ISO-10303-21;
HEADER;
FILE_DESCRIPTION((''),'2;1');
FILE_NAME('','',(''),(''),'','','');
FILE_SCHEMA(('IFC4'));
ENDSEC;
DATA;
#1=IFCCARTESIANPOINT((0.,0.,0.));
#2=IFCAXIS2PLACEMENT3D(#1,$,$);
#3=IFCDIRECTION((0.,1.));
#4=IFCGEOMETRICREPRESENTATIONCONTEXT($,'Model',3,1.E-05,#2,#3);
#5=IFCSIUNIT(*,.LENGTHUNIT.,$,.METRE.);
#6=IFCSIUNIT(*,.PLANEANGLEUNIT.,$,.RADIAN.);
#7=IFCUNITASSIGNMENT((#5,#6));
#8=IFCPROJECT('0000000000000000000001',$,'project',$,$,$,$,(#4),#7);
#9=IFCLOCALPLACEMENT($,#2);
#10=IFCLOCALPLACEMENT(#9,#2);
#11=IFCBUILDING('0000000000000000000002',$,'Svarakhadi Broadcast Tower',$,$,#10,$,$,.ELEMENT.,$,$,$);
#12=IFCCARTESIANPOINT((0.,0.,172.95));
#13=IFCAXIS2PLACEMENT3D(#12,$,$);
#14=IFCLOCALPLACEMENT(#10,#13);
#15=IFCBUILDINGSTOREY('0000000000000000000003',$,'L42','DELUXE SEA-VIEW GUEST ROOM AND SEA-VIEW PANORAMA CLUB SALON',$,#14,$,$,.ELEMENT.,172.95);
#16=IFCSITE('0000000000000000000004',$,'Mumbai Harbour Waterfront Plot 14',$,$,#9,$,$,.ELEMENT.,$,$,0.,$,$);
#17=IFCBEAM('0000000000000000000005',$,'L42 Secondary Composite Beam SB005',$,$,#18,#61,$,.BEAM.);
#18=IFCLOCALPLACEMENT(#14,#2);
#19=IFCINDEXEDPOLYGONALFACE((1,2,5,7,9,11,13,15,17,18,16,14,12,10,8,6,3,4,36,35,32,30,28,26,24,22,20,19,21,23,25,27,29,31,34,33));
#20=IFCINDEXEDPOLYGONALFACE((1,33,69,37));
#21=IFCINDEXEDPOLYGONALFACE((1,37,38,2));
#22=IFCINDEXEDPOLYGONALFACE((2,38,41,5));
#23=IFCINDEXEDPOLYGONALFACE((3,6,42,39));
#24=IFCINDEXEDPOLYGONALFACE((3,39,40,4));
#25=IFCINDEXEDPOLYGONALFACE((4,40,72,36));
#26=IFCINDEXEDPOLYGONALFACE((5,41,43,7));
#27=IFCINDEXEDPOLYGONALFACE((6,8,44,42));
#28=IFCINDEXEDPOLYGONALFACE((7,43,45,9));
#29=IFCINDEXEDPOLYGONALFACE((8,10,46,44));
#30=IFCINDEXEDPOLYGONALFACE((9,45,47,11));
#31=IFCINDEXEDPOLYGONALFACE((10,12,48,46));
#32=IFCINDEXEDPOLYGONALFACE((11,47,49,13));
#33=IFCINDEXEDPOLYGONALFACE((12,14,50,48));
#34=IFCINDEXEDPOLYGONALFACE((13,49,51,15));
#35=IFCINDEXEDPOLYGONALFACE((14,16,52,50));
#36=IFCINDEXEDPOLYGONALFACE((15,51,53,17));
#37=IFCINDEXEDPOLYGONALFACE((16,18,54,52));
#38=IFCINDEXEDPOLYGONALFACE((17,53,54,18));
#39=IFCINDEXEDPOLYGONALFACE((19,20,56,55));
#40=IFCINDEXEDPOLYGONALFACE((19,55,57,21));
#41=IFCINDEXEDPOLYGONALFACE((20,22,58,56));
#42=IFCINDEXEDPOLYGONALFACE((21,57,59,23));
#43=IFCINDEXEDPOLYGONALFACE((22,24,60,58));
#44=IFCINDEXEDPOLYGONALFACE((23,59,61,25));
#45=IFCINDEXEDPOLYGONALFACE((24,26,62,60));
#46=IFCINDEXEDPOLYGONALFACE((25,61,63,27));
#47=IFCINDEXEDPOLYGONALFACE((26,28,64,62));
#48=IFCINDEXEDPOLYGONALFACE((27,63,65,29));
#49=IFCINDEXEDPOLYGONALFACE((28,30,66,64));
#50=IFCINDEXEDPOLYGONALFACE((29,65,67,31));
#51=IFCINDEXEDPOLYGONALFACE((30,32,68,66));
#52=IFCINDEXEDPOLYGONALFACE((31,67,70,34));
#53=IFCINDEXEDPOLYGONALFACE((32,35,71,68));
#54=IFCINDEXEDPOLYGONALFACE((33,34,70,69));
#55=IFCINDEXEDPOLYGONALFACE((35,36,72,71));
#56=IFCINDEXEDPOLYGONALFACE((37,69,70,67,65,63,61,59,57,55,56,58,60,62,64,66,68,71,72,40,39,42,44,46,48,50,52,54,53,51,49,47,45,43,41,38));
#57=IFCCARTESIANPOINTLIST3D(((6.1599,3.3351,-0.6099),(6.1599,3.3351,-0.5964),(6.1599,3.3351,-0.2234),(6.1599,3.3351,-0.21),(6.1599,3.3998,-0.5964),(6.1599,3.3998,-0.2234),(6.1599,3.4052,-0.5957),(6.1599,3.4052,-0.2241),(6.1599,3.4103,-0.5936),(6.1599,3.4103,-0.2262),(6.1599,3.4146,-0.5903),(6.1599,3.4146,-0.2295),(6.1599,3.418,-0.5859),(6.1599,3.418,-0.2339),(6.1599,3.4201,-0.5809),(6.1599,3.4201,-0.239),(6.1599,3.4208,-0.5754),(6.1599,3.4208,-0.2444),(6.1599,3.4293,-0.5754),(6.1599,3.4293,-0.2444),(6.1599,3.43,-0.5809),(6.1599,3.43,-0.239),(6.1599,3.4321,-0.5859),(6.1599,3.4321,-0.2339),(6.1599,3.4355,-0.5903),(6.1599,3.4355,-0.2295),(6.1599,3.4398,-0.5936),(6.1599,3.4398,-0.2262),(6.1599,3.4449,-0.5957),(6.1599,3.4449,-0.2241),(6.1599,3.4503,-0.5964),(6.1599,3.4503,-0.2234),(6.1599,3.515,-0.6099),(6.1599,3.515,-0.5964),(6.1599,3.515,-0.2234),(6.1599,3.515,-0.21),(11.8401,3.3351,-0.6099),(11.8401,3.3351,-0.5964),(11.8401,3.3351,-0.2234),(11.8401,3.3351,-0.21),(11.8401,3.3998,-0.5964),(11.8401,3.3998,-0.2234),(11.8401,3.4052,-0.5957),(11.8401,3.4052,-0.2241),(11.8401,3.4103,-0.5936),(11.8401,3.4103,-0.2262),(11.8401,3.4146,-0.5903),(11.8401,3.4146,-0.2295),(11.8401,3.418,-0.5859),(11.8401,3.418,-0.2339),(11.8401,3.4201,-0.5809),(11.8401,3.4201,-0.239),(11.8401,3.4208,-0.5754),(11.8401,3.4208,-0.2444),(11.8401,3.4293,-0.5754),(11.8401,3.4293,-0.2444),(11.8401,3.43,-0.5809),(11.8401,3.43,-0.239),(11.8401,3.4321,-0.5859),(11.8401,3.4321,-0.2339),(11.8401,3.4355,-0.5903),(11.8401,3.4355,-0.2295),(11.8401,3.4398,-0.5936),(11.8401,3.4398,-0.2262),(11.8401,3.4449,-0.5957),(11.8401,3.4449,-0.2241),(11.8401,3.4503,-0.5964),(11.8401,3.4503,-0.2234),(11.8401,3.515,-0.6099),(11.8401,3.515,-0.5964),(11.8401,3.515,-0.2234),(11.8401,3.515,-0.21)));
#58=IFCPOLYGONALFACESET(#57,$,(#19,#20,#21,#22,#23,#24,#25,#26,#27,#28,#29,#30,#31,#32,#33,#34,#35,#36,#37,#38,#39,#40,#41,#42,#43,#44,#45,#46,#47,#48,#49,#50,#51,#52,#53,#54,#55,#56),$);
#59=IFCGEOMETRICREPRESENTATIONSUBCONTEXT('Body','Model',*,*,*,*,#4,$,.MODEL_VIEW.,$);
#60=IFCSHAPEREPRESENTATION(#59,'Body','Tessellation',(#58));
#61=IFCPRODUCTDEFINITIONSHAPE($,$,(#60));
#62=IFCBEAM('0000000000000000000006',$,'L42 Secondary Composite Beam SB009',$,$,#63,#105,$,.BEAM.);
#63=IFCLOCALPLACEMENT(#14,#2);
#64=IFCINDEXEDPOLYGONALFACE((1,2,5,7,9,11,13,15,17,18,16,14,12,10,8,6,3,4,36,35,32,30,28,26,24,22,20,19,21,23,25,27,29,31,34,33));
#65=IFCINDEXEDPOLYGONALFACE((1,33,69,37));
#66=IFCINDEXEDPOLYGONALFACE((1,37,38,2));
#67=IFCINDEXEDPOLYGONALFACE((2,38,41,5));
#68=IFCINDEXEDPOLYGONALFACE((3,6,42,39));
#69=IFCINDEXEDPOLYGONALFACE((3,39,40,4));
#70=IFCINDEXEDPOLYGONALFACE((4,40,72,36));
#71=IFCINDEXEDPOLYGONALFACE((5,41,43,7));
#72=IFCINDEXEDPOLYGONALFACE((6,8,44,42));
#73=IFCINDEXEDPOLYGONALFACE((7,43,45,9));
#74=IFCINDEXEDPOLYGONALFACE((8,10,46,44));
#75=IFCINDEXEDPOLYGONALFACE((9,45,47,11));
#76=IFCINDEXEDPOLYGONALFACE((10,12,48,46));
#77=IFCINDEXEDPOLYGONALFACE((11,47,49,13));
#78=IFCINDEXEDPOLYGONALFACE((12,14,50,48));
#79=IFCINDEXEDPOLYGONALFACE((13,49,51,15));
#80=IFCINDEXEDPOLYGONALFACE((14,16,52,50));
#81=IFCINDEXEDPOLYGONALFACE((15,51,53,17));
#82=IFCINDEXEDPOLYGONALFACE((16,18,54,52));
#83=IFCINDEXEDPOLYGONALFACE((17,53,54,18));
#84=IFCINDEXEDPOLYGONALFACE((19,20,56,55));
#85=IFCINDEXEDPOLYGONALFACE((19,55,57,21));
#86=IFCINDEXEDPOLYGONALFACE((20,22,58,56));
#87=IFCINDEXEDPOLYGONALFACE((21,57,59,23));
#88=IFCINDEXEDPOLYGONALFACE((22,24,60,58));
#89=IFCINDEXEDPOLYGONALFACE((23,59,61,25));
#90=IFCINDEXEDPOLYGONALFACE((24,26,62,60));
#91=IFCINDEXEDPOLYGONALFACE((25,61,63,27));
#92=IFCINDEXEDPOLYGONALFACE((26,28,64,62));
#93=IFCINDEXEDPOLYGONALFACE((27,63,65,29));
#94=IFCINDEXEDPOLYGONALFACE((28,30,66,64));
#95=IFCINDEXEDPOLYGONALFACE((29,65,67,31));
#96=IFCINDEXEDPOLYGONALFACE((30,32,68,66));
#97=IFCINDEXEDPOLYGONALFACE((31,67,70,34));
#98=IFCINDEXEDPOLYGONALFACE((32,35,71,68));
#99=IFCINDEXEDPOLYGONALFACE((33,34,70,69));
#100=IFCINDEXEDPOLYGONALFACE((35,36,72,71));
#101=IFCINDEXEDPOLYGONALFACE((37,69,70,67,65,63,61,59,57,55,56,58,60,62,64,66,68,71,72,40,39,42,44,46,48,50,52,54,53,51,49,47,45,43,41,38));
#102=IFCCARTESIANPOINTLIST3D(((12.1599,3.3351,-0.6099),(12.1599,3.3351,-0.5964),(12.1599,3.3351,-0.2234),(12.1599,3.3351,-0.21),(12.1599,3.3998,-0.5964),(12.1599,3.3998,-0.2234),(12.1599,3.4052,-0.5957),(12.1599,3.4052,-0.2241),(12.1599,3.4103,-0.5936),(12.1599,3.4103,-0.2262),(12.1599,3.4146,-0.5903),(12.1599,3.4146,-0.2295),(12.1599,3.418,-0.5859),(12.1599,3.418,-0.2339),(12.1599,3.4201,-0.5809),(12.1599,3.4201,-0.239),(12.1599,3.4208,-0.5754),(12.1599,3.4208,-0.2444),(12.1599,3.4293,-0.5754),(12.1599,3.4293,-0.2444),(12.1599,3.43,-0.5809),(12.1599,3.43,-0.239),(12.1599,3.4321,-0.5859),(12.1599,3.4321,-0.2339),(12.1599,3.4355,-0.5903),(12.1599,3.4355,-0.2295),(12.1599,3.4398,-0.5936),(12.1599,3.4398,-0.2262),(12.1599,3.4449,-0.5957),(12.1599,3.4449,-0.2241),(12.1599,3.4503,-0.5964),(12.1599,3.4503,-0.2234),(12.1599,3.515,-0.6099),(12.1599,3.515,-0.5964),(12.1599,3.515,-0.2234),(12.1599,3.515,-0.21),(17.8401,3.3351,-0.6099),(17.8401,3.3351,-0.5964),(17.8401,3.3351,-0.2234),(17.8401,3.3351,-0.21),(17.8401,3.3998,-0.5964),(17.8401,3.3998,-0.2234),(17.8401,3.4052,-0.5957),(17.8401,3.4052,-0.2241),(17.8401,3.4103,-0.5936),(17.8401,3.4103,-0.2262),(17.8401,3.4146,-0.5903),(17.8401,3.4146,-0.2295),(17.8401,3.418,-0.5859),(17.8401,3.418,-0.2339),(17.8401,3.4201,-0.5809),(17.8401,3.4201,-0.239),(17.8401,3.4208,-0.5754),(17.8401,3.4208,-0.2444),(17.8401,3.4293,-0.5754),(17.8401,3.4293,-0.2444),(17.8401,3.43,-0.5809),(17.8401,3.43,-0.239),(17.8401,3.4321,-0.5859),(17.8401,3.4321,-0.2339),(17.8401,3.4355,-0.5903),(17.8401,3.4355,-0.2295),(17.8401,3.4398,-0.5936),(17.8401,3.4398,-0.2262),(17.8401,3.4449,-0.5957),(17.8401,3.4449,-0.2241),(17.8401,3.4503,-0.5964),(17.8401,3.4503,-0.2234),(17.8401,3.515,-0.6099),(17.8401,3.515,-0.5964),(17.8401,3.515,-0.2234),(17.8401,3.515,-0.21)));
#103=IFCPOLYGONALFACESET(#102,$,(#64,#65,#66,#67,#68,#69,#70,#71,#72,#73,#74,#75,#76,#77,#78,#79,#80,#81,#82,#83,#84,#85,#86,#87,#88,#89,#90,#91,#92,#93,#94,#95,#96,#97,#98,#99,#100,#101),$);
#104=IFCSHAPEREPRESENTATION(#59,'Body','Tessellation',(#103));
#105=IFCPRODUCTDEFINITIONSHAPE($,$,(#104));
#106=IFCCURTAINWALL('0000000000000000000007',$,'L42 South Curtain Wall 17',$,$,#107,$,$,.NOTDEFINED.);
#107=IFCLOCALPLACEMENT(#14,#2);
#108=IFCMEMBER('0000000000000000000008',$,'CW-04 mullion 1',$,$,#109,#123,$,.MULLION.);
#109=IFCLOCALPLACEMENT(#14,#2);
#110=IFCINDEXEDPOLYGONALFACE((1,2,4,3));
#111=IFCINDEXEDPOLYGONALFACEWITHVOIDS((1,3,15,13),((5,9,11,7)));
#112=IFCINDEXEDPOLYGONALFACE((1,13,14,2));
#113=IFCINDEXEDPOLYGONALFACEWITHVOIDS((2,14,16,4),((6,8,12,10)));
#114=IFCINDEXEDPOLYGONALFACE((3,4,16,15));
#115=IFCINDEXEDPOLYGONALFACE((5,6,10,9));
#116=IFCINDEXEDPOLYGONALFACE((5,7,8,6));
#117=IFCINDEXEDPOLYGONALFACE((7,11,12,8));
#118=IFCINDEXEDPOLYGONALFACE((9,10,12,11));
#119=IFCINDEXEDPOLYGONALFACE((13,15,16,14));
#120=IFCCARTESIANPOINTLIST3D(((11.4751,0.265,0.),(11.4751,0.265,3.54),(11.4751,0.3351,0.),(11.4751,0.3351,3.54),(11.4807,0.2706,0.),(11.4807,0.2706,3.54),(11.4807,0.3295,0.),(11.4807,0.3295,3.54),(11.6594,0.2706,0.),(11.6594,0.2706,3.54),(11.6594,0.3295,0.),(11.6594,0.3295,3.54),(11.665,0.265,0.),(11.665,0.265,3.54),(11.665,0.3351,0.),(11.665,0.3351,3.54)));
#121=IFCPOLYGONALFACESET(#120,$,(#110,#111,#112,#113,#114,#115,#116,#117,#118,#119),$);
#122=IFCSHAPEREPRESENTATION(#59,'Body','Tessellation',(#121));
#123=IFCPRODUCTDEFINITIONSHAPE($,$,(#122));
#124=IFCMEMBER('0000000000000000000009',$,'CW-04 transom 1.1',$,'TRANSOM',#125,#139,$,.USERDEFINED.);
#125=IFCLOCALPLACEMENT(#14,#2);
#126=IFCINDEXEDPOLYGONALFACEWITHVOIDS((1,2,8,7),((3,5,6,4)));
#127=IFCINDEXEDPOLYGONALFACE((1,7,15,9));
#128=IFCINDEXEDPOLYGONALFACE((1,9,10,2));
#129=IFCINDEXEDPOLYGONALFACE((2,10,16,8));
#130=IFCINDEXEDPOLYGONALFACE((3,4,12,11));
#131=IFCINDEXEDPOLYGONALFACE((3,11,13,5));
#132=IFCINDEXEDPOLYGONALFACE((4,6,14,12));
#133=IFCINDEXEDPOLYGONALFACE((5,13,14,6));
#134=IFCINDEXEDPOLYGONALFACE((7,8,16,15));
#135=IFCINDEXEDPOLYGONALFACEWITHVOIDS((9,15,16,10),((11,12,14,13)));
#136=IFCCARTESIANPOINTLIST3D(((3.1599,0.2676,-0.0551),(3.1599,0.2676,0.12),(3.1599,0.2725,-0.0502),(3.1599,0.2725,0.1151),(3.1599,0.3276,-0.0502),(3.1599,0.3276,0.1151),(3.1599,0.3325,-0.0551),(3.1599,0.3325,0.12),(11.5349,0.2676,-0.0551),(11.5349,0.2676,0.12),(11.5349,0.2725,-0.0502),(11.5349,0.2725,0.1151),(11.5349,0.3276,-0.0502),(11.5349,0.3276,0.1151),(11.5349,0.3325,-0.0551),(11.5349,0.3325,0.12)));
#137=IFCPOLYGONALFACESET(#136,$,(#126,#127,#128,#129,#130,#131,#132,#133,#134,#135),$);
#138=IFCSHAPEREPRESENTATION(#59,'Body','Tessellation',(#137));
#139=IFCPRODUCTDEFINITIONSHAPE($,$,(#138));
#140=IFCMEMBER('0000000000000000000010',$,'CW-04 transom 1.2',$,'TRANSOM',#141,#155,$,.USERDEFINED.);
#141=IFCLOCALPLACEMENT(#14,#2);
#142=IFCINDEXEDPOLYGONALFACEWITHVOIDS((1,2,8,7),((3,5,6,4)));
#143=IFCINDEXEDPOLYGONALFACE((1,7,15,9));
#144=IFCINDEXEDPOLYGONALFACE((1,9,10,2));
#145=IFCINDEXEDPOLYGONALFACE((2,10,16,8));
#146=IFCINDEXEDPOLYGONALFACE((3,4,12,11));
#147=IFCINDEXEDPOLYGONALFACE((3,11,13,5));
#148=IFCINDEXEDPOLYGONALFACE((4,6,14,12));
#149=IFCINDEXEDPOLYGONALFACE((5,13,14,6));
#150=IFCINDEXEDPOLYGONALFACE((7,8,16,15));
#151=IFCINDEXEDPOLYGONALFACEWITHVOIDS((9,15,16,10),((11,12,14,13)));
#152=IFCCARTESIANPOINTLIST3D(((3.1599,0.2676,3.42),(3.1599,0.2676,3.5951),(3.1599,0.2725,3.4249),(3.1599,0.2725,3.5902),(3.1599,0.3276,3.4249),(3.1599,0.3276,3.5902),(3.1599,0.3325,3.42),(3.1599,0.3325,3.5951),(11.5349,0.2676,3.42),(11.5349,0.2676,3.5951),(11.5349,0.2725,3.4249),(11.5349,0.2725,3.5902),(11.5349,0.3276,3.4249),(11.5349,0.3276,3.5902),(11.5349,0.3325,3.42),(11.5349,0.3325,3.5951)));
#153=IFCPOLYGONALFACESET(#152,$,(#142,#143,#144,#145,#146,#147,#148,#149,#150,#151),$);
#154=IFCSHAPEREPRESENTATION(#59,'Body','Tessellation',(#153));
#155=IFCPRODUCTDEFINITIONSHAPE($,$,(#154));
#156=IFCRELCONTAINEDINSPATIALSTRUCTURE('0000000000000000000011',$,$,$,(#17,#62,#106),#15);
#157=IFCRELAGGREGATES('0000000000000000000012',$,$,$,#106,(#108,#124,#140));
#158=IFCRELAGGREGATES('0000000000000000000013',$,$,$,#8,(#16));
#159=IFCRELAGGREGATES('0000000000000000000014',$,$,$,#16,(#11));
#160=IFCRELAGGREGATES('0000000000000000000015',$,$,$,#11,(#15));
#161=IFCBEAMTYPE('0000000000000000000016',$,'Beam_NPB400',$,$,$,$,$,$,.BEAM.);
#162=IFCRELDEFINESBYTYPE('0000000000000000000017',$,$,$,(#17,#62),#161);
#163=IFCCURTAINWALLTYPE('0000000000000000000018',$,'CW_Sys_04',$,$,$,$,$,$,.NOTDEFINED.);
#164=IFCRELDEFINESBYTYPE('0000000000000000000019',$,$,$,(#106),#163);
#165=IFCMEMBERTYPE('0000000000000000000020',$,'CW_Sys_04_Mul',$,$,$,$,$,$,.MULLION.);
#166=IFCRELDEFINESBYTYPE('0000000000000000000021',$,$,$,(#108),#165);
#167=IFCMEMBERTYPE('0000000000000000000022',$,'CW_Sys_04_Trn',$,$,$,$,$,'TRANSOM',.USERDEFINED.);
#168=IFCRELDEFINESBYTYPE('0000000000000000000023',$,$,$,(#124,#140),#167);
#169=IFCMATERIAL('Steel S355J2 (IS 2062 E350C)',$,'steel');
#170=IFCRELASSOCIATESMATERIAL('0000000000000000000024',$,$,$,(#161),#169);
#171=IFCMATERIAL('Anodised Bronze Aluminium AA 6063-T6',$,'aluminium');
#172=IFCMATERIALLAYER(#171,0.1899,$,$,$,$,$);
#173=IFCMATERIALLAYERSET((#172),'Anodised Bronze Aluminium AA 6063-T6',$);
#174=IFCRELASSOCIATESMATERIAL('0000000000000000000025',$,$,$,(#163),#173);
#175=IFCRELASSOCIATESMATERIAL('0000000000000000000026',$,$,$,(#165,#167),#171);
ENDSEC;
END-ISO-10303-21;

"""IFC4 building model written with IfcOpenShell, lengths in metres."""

from ifc_helpers import new_model, si_unit, direction, frame, origin, origin_2d, place, context, subcontext, project, spatial, hollow_rectangle, i_section, extrude, material, layer, layer_set, material_profile, profile_set, type_object, element, aggregate, save


model = new_model("IFC4")

# Units and contexts
model_context = context("Model", 3, precision=1e-05, world=origin(), true_north=direction((0.0, 1.0)))
body_context = subcontext(model_context, "Body", "Model", "MODEL_VIEW")
ifc_project = project(units=[si_unit("LENGTHUNIT", "METRE"), si_unit("PLANEANGLEUNIT", "RADIAN")], contexts=[model_context])

# Site, building, storey
site_placement = place(None, origin())
site = spatial("IfcSite", under=ifc_project, at=site_placement, Name="Mumbai Harbour Waterfront Plot 14", CompositionType="ELEMENT", RefElevation=0.0)
building_placement = place(site_placement, origin())
building = spatial("IfcBuilding", under=site, at=building_placement, Name="Svarakhadi Broadcast Tower", CompositionType="ELEMENT")
storey_placement = place(building_placement, frame((0.0, 0.0, 172.95)))
storey = spatial("IfcBuildingStorey", under=building, at=storey_placement, Name="L42", Description="DELUXE SEA-VIEW GUEST ROOM AND SEA-VIEW PANORAMA CLUB SALON", CompositionType="ELEMENT", Elevation=172.95)

# Beams
ifc_material_1 = material(Name="Steel S355J2 (IS 2062 E350C)", Category="steel")
ifc_material_profile_1 = material_profile(ifc_material_1, i_section(OverallWidth=0.1799, OverallDepth=0.3999, WebThickness=0.0085, FlangeThickness=0.0134, FilletRadius=0.021, at=origin_2d()), Name="NPB 400x180x66")
ifc_profile_set_1 = profile_set([ifc_material_profile_1], Name="Steel S355J2 (IS 2062 E350C)")
beam_type_1 = type_object("IfcBeamType", Name="Beam_NPB400", PredefinedType="BEAM", material=ifc_profile_set_1)
for number, where, z_axis, x_axis, name in (
    (1, (6.1599, 3.425, -0.4099), (1.0, 0.0, 0.0), (0.0, 1.0, 0.0), "L42 Secondary Composite Beam SB005"),
    (2, (12.1599, 3.425, -0.4099), (1.0, 0.0, 0.0), (0.0, 1.0, 0.0), "L42 Secondary Composite Beam SB009"),
):
    element("IfcBeam", number, at=place(storey_placement, frame(where, z_axis=z_axis, x_axis=x_axis)), inside=storey, type_object=beam_type_1, Name=name, PredefinedType="BEAM", context=body_context, shape_type="SweptSolid", body=[
        extrude(i_section(OverallWidth=0.1799, OverallDepth=0.3999, WebThickness=0.0085, FlangeThickness=0.0134, FilletRadius=0.021, at=origin_2d()), origin(), (0.0, 0.0, 1.0), 5.6802),
    ])

# Curtain wall, members
ifc_material_2 = material(Name="Anodised Bronze Aluminium AA 6063-T6", Category="aluminium")
ifc_layer_1 = layer(ifc_material_2, 0.1899)
ifc_layer_set_1 = layer_set([ifc_layer_1], Name="Anodised Bronze Aluminium AA 6063-T6")
curtain_wall_type = type_object("IfcCurtainWallType", Name="CW_Sys_04", PredefinedType="NOTDEFINED", material=ifc_layer_set_1)
curtain_wall_placement = place(storey_placement, origin())
curtain_wall = element("IfcCurtainWall", 3, at=curtain_wall_placement, inside=storey, type_object=curtain_wall_type, Name="L42 South Curtain Wall 17", PredefinedType="NOTDEFINED")
ifc_material_profile_2 = material_profile(ifc_material_2, hollow_rectangle(XDim=0.0701, YDim=0.1899, WallThickness=0.0056, at=origin_2d()), Name="ALU MULLION 190x70x6")
ifc_profile_set_2 = profile_set([ifc_material_profile_2], Name="Anodised Bronze Aluminium AA 6063-T6")
member_type_1 = type_object("IfcMemberType", Name="CW_Sys_04_Mul", PredefinedType="MULLION", material=ifc_profile_set_2)
member_1_placement = place(storey_placement, frame((11.5701, 0.3, 0.0), z_axis=(0.0, 0.0, 1.0), x_axis=(0.0, -1.0, 0.0)))
member_1 = element("IfcMember", 4, at=member_1_placement, type_object=member_type_1, Name="CW-04 mullion 1", PredefinedType="MULLION", context=body_context, shape_type="SweptSolid", body=[
    extrude(hollow_rectangle(XDim=0.0701, YDim=0.1899, WallThickness=0.0056, at=origin_2d()), origin(), (0.0, 0.0, 1.0), 3.54),
])
ifc_material_profile_3 = material_profile(ifc_material_2, hollow_rectangle(XDim=0.0649, YDim=0.175, WallThickness=0.0049, at=origin_2d()), Name="ALU TRANSOM 175x65x5")
ifc_profile_set_3 = profile_set([ifc_material_profile_3], Name="Anodised Bronze Aluminium AA 6063-T6")
member_type_2 = type_object("IfcMemberType", Name="CW_Sys_04_Trn", ElementType="TRANSOM", PredefinedType="USERDEFINED", material=ifc_profile_set_3)
member_2_placement = place(storey_placement, frame((11.5349, 0.3, 0.0325), z_axis=(-1.0, 0.0, 0.0), x_axis=(0.0, -1.0, 0.0)))
member_2 = element("IfcMember", 5, at=member_2_placement, type_object=member_type_2, Name="CW-04 transom 1.1", ObjectType="TRANSOM", PredefinedType="USERDEFINED", context=body_context, shape_type="SweptSolid", body=[
    extrude(hollow_rectangle(XDim=0.0649, YDim=0.175, WallThickness=0.0049, at=origin_2d()), origin(), (0.0, 0.0, 1.0), 8.375),
])
member_3_placement = place(storey_placement, frame((11.5349, 0.3, 3.5076), z_axis=(-1.0, 0.0, 0.0), x_axis=(0.0, -1.0, 0.0)))
member_3 = element("IfcMember", 6, at=member_3_placement, type_object=member_type_2, Name="CW-04 transom 1.2", ObjectType="TRANSOM", PredefinedType="USERDEFINED", context=body_context, shape_type="SweptSolid", body=[
    extrude(hollow_rectangle(XDim=0.0649, YDim=0.175, WallThickness=0.0049, at=origin_2d()), origin(), (0.0, 0.0, 1.0), 8.375),
])

aggregate(curtain_wall, [member_1, member_2, member_3])

save(model, "model.ifc")
